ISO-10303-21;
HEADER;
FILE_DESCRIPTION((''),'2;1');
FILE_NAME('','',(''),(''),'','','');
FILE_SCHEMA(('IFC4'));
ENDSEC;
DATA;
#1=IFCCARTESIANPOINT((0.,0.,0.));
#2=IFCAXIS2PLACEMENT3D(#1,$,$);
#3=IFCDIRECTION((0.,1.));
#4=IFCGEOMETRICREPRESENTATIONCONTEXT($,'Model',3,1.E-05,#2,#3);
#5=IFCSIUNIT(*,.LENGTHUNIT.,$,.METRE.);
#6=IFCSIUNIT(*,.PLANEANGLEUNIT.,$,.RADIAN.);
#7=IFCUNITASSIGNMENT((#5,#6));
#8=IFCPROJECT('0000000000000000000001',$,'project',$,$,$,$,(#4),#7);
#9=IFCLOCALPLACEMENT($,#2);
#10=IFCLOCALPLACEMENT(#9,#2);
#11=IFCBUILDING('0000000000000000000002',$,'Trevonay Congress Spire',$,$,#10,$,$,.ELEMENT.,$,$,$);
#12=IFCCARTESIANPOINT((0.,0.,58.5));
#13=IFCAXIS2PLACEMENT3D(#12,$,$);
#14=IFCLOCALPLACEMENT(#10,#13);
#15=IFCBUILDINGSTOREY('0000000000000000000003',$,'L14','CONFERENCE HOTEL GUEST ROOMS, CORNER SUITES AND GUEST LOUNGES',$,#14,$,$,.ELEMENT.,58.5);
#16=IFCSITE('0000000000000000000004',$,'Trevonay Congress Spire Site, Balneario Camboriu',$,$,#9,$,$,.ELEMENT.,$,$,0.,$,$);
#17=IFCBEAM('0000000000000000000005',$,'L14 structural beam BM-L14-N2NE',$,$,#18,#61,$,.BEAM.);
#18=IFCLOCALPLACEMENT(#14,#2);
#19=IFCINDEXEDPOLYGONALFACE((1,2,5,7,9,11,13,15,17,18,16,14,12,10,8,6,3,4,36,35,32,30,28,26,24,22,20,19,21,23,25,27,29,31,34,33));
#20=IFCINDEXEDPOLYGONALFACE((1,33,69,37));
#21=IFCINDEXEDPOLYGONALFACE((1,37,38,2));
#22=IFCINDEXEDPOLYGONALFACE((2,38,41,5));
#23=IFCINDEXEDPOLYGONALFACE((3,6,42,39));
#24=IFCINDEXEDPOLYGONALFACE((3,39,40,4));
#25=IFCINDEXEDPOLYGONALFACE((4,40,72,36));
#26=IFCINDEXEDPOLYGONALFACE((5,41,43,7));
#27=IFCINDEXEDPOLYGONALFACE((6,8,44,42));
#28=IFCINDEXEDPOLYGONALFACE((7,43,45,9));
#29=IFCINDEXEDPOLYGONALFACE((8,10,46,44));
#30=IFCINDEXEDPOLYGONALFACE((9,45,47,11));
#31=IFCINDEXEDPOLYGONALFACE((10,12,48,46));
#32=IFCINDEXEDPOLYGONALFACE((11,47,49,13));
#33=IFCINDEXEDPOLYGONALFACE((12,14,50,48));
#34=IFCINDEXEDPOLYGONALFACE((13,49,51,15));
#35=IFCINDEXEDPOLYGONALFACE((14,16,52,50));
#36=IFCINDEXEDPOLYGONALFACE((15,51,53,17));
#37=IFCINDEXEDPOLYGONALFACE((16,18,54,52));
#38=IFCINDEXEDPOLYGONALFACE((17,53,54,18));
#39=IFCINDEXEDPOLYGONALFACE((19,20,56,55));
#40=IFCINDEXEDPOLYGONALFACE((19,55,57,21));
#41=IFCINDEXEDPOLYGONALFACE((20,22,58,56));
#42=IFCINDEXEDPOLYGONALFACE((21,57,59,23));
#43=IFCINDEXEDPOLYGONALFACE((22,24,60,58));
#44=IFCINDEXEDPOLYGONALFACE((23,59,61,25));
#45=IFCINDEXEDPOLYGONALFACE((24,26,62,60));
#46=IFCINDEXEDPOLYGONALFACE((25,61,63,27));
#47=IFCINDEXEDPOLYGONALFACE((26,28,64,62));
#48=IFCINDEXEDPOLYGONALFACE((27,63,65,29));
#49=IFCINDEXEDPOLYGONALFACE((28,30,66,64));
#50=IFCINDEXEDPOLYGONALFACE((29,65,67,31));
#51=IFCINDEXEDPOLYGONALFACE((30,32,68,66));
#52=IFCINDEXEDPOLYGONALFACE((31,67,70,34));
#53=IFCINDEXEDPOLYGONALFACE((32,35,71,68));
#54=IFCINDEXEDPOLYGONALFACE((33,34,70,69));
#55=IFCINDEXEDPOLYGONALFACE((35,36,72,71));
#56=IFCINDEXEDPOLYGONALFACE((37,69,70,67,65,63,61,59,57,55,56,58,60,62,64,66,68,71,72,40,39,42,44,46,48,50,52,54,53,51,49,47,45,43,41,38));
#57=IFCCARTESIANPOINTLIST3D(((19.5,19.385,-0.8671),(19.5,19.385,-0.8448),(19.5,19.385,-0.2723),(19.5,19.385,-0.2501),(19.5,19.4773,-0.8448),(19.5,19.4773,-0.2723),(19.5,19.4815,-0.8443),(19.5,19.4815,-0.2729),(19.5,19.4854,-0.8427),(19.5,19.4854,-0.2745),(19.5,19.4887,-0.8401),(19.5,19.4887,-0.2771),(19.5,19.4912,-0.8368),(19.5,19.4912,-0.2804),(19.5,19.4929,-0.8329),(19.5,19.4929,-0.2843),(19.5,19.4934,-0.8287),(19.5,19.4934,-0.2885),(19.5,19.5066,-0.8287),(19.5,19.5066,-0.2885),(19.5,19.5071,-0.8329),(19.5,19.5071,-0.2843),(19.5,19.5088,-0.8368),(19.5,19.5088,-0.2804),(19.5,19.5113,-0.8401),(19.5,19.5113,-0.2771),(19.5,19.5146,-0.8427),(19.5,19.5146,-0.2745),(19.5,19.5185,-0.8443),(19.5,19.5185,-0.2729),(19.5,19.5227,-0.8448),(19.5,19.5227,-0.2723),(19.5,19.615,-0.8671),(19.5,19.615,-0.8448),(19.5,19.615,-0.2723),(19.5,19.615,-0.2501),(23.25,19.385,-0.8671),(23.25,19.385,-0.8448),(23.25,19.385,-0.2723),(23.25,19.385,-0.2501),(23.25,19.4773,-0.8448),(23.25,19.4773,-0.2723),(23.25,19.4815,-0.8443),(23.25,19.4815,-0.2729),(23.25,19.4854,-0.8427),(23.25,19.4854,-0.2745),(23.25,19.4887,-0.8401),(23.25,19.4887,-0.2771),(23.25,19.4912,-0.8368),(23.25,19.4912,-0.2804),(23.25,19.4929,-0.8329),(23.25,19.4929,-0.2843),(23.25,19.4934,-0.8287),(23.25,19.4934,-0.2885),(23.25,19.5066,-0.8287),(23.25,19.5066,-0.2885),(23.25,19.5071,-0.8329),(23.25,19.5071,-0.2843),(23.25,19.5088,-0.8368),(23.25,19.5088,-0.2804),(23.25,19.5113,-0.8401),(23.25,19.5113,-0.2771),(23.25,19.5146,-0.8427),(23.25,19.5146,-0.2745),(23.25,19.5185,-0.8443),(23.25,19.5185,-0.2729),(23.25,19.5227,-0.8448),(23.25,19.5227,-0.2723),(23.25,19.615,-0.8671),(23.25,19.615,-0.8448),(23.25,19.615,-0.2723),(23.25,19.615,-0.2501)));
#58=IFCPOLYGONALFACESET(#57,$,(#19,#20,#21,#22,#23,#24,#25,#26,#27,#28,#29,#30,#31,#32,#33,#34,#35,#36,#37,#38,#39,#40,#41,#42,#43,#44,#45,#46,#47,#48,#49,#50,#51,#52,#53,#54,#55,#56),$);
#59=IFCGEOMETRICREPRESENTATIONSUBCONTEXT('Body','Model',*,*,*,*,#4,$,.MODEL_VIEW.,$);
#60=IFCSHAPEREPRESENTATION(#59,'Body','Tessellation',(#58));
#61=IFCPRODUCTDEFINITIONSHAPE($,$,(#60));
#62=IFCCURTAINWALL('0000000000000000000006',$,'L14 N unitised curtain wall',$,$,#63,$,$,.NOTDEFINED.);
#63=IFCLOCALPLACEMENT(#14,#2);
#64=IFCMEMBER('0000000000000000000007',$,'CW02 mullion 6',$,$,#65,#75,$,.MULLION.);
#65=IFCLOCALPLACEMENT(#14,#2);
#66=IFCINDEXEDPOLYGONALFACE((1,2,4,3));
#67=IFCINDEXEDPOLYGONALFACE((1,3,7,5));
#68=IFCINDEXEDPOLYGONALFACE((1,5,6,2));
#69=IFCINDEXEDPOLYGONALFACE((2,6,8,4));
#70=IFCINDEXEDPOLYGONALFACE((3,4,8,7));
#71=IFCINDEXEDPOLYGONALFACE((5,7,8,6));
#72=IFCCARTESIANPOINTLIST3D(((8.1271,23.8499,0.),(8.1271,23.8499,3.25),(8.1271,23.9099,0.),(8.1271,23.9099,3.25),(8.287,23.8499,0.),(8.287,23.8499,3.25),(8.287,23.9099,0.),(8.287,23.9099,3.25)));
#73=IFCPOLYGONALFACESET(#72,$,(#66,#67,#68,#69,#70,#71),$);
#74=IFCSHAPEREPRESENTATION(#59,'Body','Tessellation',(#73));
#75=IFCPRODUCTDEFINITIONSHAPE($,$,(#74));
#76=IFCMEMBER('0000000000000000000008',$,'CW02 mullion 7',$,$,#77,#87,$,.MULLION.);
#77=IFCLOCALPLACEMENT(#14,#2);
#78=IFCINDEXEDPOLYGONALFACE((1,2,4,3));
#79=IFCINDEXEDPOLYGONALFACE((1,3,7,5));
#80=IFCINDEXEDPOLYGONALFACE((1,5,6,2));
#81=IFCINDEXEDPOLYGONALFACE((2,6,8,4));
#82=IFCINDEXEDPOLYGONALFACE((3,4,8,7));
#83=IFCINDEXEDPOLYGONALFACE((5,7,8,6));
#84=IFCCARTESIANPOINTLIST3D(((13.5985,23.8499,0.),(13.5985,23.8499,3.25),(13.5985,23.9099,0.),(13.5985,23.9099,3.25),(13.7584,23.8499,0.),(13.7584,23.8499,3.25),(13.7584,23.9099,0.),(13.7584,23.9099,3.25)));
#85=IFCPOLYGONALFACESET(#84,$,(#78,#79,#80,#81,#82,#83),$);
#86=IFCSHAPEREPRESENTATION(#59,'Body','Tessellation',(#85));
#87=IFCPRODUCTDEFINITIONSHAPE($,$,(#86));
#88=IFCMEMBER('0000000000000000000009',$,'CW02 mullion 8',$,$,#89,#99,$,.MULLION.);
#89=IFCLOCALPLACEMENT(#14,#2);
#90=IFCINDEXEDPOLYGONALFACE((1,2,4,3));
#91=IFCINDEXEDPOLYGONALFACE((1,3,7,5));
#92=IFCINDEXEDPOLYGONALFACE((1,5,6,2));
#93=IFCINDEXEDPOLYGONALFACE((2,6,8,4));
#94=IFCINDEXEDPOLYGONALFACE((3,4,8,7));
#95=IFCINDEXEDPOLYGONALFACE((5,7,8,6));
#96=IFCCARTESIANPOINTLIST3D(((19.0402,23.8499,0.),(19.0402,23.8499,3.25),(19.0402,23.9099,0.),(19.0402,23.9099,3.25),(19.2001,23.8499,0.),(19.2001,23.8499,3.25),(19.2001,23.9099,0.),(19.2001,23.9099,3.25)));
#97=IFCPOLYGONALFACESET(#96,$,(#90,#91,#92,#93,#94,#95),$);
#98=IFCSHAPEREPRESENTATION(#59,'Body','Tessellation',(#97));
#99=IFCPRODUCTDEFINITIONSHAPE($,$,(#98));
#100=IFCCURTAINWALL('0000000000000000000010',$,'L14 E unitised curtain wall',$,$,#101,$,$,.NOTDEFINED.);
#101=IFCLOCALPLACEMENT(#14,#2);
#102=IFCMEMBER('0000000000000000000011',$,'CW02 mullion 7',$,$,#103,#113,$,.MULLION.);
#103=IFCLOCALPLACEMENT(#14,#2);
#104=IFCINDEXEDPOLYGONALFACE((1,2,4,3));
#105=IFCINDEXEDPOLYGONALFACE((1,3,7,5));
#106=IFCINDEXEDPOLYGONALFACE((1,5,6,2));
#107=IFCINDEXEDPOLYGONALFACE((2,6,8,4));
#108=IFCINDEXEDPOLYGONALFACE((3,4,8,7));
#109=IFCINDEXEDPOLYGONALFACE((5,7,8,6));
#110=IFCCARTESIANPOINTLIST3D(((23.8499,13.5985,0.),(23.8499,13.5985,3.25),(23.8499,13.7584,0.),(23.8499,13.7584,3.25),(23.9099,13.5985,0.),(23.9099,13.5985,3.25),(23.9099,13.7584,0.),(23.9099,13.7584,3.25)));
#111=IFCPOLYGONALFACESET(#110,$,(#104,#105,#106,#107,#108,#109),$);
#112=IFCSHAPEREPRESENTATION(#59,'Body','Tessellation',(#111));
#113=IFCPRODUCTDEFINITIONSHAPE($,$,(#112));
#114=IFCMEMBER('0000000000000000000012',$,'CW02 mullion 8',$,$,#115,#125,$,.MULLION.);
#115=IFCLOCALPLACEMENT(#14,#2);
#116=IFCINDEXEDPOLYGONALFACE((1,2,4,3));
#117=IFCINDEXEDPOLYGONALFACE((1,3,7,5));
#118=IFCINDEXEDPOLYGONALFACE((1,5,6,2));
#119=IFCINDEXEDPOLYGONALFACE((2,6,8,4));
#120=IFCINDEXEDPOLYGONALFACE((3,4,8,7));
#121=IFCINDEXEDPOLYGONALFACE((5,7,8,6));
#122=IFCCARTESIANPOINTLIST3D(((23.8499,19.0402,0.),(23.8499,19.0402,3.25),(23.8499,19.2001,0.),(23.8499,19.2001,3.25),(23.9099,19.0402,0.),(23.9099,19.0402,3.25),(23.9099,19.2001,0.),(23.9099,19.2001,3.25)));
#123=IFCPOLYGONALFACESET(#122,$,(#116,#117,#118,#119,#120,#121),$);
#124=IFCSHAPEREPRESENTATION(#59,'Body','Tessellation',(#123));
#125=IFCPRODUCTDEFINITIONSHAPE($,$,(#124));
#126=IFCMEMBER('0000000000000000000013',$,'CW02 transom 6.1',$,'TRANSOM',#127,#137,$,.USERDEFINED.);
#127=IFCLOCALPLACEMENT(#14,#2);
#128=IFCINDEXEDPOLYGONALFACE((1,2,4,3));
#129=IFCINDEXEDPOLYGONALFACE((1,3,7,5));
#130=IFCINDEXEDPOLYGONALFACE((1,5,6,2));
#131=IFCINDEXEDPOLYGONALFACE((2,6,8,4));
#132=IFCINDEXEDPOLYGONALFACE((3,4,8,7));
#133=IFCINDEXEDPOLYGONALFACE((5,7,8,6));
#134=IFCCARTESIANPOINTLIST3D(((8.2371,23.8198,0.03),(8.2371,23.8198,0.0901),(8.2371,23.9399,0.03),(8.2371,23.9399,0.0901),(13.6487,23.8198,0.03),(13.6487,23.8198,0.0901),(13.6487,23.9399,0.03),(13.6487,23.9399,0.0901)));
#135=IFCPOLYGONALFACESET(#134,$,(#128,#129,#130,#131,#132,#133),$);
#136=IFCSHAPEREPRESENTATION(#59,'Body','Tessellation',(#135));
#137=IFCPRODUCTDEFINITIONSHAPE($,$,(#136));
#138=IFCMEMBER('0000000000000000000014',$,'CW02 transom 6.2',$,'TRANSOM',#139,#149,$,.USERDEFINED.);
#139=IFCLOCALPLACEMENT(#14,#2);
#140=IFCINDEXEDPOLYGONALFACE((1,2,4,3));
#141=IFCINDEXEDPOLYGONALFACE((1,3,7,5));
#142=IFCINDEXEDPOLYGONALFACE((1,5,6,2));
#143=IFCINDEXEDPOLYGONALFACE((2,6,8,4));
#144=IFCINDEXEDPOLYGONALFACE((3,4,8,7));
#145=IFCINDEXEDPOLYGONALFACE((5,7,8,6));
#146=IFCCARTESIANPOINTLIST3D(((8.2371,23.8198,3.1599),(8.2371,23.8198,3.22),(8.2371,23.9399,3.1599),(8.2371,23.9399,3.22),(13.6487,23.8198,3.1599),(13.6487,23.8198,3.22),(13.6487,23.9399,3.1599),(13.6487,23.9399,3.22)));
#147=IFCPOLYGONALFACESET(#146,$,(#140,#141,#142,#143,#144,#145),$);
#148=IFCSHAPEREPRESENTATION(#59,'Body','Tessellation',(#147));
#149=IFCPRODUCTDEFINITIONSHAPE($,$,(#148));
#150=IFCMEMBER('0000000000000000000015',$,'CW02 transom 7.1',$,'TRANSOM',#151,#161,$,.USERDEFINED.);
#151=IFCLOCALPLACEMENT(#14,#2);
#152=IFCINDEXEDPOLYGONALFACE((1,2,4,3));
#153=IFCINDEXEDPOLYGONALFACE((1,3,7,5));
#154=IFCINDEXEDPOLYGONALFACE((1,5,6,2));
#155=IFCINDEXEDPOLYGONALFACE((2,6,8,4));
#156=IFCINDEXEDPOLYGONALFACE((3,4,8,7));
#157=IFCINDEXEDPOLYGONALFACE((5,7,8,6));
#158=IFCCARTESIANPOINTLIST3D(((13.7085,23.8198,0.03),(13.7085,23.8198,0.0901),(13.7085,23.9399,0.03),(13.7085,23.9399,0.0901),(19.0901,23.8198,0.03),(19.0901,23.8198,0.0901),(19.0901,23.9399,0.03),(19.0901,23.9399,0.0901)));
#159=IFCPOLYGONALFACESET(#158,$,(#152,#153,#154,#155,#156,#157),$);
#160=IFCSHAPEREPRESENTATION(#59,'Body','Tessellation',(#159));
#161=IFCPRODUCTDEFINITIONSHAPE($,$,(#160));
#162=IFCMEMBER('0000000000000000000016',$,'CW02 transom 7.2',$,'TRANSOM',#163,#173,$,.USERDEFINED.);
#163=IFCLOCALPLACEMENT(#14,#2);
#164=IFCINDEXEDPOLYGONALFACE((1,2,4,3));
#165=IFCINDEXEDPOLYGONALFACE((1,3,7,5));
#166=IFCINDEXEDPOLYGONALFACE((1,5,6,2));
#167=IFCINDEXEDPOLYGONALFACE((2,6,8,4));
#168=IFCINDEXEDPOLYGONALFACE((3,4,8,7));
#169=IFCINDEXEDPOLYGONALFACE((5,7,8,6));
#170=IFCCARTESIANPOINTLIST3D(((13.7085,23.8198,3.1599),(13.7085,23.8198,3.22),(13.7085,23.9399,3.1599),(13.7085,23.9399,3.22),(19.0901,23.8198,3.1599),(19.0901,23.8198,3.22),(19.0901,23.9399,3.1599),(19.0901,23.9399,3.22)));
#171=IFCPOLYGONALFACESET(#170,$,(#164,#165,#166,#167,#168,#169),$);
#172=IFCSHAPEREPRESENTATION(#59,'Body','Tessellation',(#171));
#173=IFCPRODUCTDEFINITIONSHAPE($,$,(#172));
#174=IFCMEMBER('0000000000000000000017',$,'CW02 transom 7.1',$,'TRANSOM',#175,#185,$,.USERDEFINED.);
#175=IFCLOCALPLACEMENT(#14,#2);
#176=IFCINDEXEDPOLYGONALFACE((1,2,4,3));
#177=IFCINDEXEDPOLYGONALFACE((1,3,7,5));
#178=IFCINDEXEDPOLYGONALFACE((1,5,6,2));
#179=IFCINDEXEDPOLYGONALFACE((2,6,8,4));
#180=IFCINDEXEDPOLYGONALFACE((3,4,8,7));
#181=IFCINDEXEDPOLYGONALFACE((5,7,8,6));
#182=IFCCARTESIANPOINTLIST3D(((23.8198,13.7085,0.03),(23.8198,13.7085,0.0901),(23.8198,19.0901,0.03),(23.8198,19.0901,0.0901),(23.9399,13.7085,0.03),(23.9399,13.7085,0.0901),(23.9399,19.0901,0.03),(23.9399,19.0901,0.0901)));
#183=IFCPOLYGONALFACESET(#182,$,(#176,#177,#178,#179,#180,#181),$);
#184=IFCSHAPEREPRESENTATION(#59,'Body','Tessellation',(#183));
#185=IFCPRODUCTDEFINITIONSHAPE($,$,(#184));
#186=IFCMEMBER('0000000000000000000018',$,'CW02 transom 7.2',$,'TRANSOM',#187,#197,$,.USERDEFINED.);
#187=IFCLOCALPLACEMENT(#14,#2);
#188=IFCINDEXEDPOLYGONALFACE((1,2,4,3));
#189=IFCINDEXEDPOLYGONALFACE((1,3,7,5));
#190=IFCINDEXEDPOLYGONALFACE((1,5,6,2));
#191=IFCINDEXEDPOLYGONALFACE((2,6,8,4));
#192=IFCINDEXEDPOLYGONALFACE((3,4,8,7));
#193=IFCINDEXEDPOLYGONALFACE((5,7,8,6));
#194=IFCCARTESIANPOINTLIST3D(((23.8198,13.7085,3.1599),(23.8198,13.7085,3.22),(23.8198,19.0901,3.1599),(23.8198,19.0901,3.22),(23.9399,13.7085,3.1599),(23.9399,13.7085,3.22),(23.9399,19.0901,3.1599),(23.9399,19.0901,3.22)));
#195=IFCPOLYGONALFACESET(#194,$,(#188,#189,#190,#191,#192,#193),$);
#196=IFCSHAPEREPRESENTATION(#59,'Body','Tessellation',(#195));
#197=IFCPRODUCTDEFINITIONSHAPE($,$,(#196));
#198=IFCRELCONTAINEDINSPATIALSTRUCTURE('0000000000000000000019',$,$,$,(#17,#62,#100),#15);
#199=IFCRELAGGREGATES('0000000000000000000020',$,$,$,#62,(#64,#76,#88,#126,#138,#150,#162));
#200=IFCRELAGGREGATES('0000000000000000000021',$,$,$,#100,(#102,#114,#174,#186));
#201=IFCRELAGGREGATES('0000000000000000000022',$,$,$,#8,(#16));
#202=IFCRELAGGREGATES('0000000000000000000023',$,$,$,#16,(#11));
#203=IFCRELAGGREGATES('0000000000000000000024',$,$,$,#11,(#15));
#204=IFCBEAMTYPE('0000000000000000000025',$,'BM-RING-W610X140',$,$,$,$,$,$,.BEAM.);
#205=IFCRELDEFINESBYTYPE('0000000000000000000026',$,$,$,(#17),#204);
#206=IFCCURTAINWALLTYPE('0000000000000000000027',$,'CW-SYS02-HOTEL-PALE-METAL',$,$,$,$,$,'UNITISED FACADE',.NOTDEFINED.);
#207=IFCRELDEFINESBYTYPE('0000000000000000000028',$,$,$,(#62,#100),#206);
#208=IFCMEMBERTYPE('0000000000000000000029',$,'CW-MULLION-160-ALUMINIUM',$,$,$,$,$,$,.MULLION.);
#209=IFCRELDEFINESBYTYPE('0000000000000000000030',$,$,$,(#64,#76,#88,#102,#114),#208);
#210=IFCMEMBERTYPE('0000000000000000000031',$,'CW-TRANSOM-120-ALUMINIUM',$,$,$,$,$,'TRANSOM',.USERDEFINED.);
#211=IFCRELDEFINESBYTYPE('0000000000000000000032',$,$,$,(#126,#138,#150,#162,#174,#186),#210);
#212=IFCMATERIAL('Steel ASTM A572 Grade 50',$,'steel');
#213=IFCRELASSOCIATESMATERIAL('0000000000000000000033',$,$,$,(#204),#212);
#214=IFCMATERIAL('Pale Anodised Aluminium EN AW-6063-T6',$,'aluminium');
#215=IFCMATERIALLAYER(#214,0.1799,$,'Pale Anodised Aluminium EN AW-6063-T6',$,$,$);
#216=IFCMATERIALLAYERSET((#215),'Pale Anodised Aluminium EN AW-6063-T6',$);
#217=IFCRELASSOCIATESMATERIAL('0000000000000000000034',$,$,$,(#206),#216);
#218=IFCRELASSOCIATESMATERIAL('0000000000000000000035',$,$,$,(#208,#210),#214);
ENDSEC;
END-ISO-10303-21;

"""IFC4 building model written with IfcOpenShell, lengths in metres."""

from ifc_helpers import new_model, si_unit, direction, frame, origin, origin_2d, place, context, subcontext, project, spatial, rectangle, i_section, extrude, material, layer, layer_set, material_profile, profile_set, type_object, element, aggregate, save


model = new_model("IFC4")

# Units and contexts
model_context = context("Model", 3, precision=1e-05, world=origin(), true_north=direction((0.0, 1.0)))
body_context = subcontext(model_context, "Body", "Model", "MODEL_VIEW")
ifc_project = project(units=[si_unit("LENGTHUNIT", "METRE"), si_unit("PLANEANGLEUNIT", "RADIAN")], contexts=[model_context])

# Site, building, storey
site_placement = place(None, origin())
site = spatial("IfcSite", under=ifc_project, at=site_placement, Name="Trevonay Congress Spire Site, Balneario Camboriu", CompositionType="ELEMENT", RefElevation=0.0)
building_placement = place(site_placement, origin())
building = spatial("IfcBuilding", under=site, at=building_placement, Name="Trevonay Congress Spire", CompositionType="ELEMENT")
storey_placement = place(building_placement, frame((0.0, 0.0, 58.5)))
storey = spatial("IfcBuildingStorey", under=building, at=storey_placement, Name="L14", Description="CONFERENCE HOTEL GUEST ROOMS, CORNER SUITES AND GUEST LOUNGES", CompositionType="ELEMENT", Elevation=58.5)

# Shared definitions
ifc_material_1 = material(Name="Steel ASTM A572 Grade 50", Category="steel")

# Beam
ifc_material_profile_1 = material_profile(ifc_material_1, i_section(OverallWidth=0.23, OverallDepth=0.6169, WebThickness=0.0132, FlangeThickness=0.0222, FilletRadius=0.0161, at=origin_2d()), Name="W610x140")
ifc_profile_set_1 = profile_set([ifc_material_profile_1], Name="Steel ASTM A572 Grade 50")
beam_type = type_object("IfcBeamType", Name="BM-RING-W610X140", PredefinedType="BEAM", material=ifc_profile_set_1)
for number, where, z_axis, x_axis, name in (
    (1, (23.25, 19.5, -0.5586), (-1.0, 0.0, 0.0), (0.0, -1.0, 0.0), "L14 structural beam BM-L14-N2NE"),
):
    element("IfcBeam", number, at=place(storey_placement, frame(where, z_axis=z_axis, x_axis=x_axis)), inside=storey, type_object=beam_type, Name=name, PredefinedType="BEAM", context=body_context, shape_type="SweptSolid", body=[
        extrude(i_section(OverallWidth=0.23, OverallDepth=0.6169, WebThickness=0.0132, FlangeThickness=0.0222, FilletRadius=0.0161, at=origin_2d()), origin(), (0.0, 0.0, 1.0), 3.75),
    ])

# Curtain walls, members
ifc_material_2 = material(Name="Pale Anodised Aluminium EN AW-6063-T6", Category="aluminium")
ifc_layer_1 = layer(ifc_material_2, 0.1799, Name="Pale Anodised Aluminium EN AW-6063-T6")
ifc_layer_set_1 = layer_set([ifc_layer_1], Name="Pale Anodised Aluminium EN AW-6063-T6")
curtain_wall_type = type_object("IfcCurtainWallType", Name="CW-SYS02-HOTEL-PALE-METAL", ElementType="UNITISED FACADE", PredefinedType="NOTDEFINED", material=ifc_layer_set_1)
curtain_wall_1_placement = place(storey_placement, origin())
curtain_wall_1 = element("IfcCurtainWall", 2, at=curtain_wall_1_placement, inside=storey, type_object=curtain_wall_type, Name="L14 N unitised curtain wall", PredefinedType="NOTDEFINED")
ifc_material_profile_2 = material_profile(ifc_material_2, rectangle(XDim=0.0601, YDim=0.1599, at=origin_2d()), Name="CW-MULLION-160-ALUMINIUM")
ifc_profile_set_2 = profile_set([ifc_material_profile_2], Name="Pale Anodised Aluminium EN AW-6063-T6")
member_type_1 = type_object("IfcMemberType", Name="CW-MULLION-160-ALUMINIUM", PredefinedType="MULLION", material=ifc_profile_set_2)
member_1_placement = place(storey_placement, frame((8.207, 23.8799, 0.0), z_axis=(0.0, 0.0, 1.0), x_axis=(0.0, 1.0, 0.0)))
member_1 = element("IfcMember", 3, at=member_1_placement, type_object=member_type_1, Name="CW02 mullion 6", PredefinedType="MULLION", context=body_context, shape_type="SweptSolid", body=[
    extrude(rectangle(XDim=0.0601, YDim=0.1599, at=origin_2d()), origin(), (0.0, 0.0, 1.0), 3.25),
])
member_2_placement = place(storey_placement, frame((13.6785, 23.8799, 0.0), z_axis=(0.0, 0.0, 1.0), x_axis=(0.0, 1.0, 0.0)))
member_2 = element("IfcMember", 4, at=member_2_placement, type_object=member_type_1, Name="CW02 mullion 7", PredefinedType="MULLION", context=body_context, shape_type="SweptSolid", body=[
    extrude(rectangle(XDim=0.0601, YDim=0.1599, at=origin_2d()), origin(), (0.0, 0.0, 1.0), 3.25),
])
member_3_placement = place(storey_placement, frame((19.1201, 23.8799, 0.0), z_axis=(0.0, 0.0, 1.0), x_axis=(0.0, 1.0, 0.0)))
member_3 = element("IfcMember", 5, at=member_3_placement, type_object=member_type_1, Name="CW02 mullion 8", PredefinedType="MULLION", context=body_context, shape_type="SweptSolid", body=[
    extrude(rectangle(XDim=0.0601, YDim=0.1599, at=origin_2d()), origin(), (0.0, 0.0, 1.0), 3.25),
])
curtain_wall_2_placement = place(storey_placement, origin())
curtain_wall_2 = element("IfcCurtainWall", 6, at=curtain_wall_2_placement, inside=storey, type_object=curtain_wall_type, Name="L14 E unitised curtain wall", PredefinedType="NOTDEFINED")
member_4_placement = place(storey_placement, frame((23.8799, 13.6785, 0.0), z_axis=(0.0, 0.0, 1.0), x_axis=(-1.0, 0.0, 0.0)))
member_4 = element("IfcMember", 7, at=member_4_placement, type_object=member_type_1, Name="CW02 mullion 7", PredefinedType="MULLION", context=body_context, shape_type="SweptSolid", body=[
    extrude(rectangle(XDim=0.0601, YDim=0.1599, at=origin_2d()), origin(), (0.0, 0.0, 1.0), 3.25),
])
member_5_placement = place(storey_placement, frame((23.8799, 19.1201, 0.0), z_axis=(0.0, 0.0, 1.0), x_axis=(-1.0, 0.0, 0.0)))
member_5 = element("IfcMember", 8, at=member_5_placement, type_object=member_type_1, Name="CW02 mullion 8", PredefinedType="MULLION", context=body_context, shape_type="SweptSolid", body=[
    extrude(rectangle(XDim=0.0601, YDim=0.1599, at=origin_2d()), origin(), (0.0, 0.0, 1.0), 3.25),
])

# Members
ifc_material_profile_3 = material_profile(ifc_material_2, rectangle(XDim=0.1201, YDim=0.0601, at=origin_2d()), Name="CW-TRANSOM-120-ALUMINIUM")
ifc_profile_set_3 = profile_set([ifc_material_profile_3], Name="Pale Anodised Aluminium EN AW-6063-T6")
member_type_2 = type_object("IfcMemberType", Name="CW-TRANSOM-120-ALUMINIUM", ElementType="TRANSOM", PredefinedType="USERDEFINED", material=ifc_profile_set_3)
member_6_placement = place(storey_placement, frame((8.2371, 23.8799, 0.0601), z_axis=(1.0, 0.0, 0.0), x_axis=(0.0, 1.0, 0.0)))
member_6 = element("IfcMember", 9, at=member_6_placement, type_object=member_type_2, Name="CW02 transom 6.1", ObjectType="TRANSOM", PredefinedType="USERDEFINED", context=body_context, shape_type="SweptSolid", body=[
    extrude(rectangle(XDim=0.1201, YDim=0.0601, at=origin_2d()), origin(), (0.0, 0.0, 1.0), 5.4116),
])
member_7_placement = place(storey_placement, frame((8.2371, 23.8799, 3.1899), z_axis=(1.0, 0.0, 0.0), x_axis=(0.0, 1.0, 0.0)))
member_7 = element("IfcMember", 10, at=member_7_placement, type_object=member_type_2, Name="CW02 transom 6.2", ObjectType="TRANSOM", PredefinedType="USERDEFINED", context=body_context, shape_type="SweptSolid", body=[
    extrude(rectangle(XDim=0.1201, YDim=0.0601, at=origin_2d()), origin(), (0.0, 0.0, 1.0), 5.4116),
])
member_8_placement = place(storey_placement, frame((13.7085, 23.8799, 0.0601), z_axis=(1.0, 0.0, 0.0), x_axis=(0.0, 1.0, 0.0)))
member_8 = element("IfcMember", 11, at=member_8_placement, type_object=member_type_2, Name="CW02 transom 7.1", ObjectType="TRANSOM", PredefinedType="USERDEFINED", context=body_context, shape_type="SweptSolid", body=[
    extrude(rectangle(XDim=0.1201, YDim=0.0601, at=origin_2d()), origin(), (0.0, 0.0, 1.0), 5.3816),
])
member_9_placement = place(storey_placement, frame((13.7085, 23.8799, 3.1899), z_axis=(1.0, 0.0, 0.0), x_axis=(0.0, 1.0, 0.0)))
member_9 = element("IfcMember", 12, at=member_9_placement, type_object=member_type_2, Name="CW02 transom 7.2", ObjectType="TRANSOM", PredefinedType="USERDEFINED", context=body_context, shape_type="SweptSolid", body=[
    extrude(rectangle(XDim=0.1201, YDim=0.0601, at=origin_2d()), origin(), (0.0, 0.0, 1.0), 5.3816),
])
member_10_placement = place(storey_placement, frame((23.8799, 13.7085, 0.0601), z_axis=(0.0, 1.0, 0.0), x_axis=(-1.0, 0.0, 0.0)))
member_10 = element("IfcMember", 13, at=member_10_placement, type_object=member_type_2, Name="CW02 transom 7.1", ObjectType="TRANSOM", PredefinedType="USERDEFINED", context=body_context, shape_type="SweptSolid", body=[
    extrude(rectangle(XDim=0.1201, YDim=0.0601, at=origin_2d()), origin(), (0.0, 0.0, 1.0), 5.3816),
])
member_11_placement = place(storey_placement, frame((23.8799, 13.7085, 3.1899), z_axis=(0.0, 1.0, 0.0), x_axis=(-1.0, 0.0, 0.0)))
member_11 = element("IfcMember", 14, at=member_11_placement, type_object=member_type_2, Name="CW02 transom 7.2", ObjectType="TRANSOM", PredefinedType="USERDEFINED", context=body_context, shape_type="SweptSolid", body=[
    extrude(rectangle(XDim=0.1201, YDim=0.0601, at=origin_2d()), origin(), (0.0, 0.0, 1.0), 5.3816),
])

aggregate(curtain_wall_1, [member_1, member_2, member_3, member_6, member_7, member_8, member_9])
aggregate(curtain_wall_2, [member_4, member_5, member_10, member_11])

save(model, "model.ifc")
